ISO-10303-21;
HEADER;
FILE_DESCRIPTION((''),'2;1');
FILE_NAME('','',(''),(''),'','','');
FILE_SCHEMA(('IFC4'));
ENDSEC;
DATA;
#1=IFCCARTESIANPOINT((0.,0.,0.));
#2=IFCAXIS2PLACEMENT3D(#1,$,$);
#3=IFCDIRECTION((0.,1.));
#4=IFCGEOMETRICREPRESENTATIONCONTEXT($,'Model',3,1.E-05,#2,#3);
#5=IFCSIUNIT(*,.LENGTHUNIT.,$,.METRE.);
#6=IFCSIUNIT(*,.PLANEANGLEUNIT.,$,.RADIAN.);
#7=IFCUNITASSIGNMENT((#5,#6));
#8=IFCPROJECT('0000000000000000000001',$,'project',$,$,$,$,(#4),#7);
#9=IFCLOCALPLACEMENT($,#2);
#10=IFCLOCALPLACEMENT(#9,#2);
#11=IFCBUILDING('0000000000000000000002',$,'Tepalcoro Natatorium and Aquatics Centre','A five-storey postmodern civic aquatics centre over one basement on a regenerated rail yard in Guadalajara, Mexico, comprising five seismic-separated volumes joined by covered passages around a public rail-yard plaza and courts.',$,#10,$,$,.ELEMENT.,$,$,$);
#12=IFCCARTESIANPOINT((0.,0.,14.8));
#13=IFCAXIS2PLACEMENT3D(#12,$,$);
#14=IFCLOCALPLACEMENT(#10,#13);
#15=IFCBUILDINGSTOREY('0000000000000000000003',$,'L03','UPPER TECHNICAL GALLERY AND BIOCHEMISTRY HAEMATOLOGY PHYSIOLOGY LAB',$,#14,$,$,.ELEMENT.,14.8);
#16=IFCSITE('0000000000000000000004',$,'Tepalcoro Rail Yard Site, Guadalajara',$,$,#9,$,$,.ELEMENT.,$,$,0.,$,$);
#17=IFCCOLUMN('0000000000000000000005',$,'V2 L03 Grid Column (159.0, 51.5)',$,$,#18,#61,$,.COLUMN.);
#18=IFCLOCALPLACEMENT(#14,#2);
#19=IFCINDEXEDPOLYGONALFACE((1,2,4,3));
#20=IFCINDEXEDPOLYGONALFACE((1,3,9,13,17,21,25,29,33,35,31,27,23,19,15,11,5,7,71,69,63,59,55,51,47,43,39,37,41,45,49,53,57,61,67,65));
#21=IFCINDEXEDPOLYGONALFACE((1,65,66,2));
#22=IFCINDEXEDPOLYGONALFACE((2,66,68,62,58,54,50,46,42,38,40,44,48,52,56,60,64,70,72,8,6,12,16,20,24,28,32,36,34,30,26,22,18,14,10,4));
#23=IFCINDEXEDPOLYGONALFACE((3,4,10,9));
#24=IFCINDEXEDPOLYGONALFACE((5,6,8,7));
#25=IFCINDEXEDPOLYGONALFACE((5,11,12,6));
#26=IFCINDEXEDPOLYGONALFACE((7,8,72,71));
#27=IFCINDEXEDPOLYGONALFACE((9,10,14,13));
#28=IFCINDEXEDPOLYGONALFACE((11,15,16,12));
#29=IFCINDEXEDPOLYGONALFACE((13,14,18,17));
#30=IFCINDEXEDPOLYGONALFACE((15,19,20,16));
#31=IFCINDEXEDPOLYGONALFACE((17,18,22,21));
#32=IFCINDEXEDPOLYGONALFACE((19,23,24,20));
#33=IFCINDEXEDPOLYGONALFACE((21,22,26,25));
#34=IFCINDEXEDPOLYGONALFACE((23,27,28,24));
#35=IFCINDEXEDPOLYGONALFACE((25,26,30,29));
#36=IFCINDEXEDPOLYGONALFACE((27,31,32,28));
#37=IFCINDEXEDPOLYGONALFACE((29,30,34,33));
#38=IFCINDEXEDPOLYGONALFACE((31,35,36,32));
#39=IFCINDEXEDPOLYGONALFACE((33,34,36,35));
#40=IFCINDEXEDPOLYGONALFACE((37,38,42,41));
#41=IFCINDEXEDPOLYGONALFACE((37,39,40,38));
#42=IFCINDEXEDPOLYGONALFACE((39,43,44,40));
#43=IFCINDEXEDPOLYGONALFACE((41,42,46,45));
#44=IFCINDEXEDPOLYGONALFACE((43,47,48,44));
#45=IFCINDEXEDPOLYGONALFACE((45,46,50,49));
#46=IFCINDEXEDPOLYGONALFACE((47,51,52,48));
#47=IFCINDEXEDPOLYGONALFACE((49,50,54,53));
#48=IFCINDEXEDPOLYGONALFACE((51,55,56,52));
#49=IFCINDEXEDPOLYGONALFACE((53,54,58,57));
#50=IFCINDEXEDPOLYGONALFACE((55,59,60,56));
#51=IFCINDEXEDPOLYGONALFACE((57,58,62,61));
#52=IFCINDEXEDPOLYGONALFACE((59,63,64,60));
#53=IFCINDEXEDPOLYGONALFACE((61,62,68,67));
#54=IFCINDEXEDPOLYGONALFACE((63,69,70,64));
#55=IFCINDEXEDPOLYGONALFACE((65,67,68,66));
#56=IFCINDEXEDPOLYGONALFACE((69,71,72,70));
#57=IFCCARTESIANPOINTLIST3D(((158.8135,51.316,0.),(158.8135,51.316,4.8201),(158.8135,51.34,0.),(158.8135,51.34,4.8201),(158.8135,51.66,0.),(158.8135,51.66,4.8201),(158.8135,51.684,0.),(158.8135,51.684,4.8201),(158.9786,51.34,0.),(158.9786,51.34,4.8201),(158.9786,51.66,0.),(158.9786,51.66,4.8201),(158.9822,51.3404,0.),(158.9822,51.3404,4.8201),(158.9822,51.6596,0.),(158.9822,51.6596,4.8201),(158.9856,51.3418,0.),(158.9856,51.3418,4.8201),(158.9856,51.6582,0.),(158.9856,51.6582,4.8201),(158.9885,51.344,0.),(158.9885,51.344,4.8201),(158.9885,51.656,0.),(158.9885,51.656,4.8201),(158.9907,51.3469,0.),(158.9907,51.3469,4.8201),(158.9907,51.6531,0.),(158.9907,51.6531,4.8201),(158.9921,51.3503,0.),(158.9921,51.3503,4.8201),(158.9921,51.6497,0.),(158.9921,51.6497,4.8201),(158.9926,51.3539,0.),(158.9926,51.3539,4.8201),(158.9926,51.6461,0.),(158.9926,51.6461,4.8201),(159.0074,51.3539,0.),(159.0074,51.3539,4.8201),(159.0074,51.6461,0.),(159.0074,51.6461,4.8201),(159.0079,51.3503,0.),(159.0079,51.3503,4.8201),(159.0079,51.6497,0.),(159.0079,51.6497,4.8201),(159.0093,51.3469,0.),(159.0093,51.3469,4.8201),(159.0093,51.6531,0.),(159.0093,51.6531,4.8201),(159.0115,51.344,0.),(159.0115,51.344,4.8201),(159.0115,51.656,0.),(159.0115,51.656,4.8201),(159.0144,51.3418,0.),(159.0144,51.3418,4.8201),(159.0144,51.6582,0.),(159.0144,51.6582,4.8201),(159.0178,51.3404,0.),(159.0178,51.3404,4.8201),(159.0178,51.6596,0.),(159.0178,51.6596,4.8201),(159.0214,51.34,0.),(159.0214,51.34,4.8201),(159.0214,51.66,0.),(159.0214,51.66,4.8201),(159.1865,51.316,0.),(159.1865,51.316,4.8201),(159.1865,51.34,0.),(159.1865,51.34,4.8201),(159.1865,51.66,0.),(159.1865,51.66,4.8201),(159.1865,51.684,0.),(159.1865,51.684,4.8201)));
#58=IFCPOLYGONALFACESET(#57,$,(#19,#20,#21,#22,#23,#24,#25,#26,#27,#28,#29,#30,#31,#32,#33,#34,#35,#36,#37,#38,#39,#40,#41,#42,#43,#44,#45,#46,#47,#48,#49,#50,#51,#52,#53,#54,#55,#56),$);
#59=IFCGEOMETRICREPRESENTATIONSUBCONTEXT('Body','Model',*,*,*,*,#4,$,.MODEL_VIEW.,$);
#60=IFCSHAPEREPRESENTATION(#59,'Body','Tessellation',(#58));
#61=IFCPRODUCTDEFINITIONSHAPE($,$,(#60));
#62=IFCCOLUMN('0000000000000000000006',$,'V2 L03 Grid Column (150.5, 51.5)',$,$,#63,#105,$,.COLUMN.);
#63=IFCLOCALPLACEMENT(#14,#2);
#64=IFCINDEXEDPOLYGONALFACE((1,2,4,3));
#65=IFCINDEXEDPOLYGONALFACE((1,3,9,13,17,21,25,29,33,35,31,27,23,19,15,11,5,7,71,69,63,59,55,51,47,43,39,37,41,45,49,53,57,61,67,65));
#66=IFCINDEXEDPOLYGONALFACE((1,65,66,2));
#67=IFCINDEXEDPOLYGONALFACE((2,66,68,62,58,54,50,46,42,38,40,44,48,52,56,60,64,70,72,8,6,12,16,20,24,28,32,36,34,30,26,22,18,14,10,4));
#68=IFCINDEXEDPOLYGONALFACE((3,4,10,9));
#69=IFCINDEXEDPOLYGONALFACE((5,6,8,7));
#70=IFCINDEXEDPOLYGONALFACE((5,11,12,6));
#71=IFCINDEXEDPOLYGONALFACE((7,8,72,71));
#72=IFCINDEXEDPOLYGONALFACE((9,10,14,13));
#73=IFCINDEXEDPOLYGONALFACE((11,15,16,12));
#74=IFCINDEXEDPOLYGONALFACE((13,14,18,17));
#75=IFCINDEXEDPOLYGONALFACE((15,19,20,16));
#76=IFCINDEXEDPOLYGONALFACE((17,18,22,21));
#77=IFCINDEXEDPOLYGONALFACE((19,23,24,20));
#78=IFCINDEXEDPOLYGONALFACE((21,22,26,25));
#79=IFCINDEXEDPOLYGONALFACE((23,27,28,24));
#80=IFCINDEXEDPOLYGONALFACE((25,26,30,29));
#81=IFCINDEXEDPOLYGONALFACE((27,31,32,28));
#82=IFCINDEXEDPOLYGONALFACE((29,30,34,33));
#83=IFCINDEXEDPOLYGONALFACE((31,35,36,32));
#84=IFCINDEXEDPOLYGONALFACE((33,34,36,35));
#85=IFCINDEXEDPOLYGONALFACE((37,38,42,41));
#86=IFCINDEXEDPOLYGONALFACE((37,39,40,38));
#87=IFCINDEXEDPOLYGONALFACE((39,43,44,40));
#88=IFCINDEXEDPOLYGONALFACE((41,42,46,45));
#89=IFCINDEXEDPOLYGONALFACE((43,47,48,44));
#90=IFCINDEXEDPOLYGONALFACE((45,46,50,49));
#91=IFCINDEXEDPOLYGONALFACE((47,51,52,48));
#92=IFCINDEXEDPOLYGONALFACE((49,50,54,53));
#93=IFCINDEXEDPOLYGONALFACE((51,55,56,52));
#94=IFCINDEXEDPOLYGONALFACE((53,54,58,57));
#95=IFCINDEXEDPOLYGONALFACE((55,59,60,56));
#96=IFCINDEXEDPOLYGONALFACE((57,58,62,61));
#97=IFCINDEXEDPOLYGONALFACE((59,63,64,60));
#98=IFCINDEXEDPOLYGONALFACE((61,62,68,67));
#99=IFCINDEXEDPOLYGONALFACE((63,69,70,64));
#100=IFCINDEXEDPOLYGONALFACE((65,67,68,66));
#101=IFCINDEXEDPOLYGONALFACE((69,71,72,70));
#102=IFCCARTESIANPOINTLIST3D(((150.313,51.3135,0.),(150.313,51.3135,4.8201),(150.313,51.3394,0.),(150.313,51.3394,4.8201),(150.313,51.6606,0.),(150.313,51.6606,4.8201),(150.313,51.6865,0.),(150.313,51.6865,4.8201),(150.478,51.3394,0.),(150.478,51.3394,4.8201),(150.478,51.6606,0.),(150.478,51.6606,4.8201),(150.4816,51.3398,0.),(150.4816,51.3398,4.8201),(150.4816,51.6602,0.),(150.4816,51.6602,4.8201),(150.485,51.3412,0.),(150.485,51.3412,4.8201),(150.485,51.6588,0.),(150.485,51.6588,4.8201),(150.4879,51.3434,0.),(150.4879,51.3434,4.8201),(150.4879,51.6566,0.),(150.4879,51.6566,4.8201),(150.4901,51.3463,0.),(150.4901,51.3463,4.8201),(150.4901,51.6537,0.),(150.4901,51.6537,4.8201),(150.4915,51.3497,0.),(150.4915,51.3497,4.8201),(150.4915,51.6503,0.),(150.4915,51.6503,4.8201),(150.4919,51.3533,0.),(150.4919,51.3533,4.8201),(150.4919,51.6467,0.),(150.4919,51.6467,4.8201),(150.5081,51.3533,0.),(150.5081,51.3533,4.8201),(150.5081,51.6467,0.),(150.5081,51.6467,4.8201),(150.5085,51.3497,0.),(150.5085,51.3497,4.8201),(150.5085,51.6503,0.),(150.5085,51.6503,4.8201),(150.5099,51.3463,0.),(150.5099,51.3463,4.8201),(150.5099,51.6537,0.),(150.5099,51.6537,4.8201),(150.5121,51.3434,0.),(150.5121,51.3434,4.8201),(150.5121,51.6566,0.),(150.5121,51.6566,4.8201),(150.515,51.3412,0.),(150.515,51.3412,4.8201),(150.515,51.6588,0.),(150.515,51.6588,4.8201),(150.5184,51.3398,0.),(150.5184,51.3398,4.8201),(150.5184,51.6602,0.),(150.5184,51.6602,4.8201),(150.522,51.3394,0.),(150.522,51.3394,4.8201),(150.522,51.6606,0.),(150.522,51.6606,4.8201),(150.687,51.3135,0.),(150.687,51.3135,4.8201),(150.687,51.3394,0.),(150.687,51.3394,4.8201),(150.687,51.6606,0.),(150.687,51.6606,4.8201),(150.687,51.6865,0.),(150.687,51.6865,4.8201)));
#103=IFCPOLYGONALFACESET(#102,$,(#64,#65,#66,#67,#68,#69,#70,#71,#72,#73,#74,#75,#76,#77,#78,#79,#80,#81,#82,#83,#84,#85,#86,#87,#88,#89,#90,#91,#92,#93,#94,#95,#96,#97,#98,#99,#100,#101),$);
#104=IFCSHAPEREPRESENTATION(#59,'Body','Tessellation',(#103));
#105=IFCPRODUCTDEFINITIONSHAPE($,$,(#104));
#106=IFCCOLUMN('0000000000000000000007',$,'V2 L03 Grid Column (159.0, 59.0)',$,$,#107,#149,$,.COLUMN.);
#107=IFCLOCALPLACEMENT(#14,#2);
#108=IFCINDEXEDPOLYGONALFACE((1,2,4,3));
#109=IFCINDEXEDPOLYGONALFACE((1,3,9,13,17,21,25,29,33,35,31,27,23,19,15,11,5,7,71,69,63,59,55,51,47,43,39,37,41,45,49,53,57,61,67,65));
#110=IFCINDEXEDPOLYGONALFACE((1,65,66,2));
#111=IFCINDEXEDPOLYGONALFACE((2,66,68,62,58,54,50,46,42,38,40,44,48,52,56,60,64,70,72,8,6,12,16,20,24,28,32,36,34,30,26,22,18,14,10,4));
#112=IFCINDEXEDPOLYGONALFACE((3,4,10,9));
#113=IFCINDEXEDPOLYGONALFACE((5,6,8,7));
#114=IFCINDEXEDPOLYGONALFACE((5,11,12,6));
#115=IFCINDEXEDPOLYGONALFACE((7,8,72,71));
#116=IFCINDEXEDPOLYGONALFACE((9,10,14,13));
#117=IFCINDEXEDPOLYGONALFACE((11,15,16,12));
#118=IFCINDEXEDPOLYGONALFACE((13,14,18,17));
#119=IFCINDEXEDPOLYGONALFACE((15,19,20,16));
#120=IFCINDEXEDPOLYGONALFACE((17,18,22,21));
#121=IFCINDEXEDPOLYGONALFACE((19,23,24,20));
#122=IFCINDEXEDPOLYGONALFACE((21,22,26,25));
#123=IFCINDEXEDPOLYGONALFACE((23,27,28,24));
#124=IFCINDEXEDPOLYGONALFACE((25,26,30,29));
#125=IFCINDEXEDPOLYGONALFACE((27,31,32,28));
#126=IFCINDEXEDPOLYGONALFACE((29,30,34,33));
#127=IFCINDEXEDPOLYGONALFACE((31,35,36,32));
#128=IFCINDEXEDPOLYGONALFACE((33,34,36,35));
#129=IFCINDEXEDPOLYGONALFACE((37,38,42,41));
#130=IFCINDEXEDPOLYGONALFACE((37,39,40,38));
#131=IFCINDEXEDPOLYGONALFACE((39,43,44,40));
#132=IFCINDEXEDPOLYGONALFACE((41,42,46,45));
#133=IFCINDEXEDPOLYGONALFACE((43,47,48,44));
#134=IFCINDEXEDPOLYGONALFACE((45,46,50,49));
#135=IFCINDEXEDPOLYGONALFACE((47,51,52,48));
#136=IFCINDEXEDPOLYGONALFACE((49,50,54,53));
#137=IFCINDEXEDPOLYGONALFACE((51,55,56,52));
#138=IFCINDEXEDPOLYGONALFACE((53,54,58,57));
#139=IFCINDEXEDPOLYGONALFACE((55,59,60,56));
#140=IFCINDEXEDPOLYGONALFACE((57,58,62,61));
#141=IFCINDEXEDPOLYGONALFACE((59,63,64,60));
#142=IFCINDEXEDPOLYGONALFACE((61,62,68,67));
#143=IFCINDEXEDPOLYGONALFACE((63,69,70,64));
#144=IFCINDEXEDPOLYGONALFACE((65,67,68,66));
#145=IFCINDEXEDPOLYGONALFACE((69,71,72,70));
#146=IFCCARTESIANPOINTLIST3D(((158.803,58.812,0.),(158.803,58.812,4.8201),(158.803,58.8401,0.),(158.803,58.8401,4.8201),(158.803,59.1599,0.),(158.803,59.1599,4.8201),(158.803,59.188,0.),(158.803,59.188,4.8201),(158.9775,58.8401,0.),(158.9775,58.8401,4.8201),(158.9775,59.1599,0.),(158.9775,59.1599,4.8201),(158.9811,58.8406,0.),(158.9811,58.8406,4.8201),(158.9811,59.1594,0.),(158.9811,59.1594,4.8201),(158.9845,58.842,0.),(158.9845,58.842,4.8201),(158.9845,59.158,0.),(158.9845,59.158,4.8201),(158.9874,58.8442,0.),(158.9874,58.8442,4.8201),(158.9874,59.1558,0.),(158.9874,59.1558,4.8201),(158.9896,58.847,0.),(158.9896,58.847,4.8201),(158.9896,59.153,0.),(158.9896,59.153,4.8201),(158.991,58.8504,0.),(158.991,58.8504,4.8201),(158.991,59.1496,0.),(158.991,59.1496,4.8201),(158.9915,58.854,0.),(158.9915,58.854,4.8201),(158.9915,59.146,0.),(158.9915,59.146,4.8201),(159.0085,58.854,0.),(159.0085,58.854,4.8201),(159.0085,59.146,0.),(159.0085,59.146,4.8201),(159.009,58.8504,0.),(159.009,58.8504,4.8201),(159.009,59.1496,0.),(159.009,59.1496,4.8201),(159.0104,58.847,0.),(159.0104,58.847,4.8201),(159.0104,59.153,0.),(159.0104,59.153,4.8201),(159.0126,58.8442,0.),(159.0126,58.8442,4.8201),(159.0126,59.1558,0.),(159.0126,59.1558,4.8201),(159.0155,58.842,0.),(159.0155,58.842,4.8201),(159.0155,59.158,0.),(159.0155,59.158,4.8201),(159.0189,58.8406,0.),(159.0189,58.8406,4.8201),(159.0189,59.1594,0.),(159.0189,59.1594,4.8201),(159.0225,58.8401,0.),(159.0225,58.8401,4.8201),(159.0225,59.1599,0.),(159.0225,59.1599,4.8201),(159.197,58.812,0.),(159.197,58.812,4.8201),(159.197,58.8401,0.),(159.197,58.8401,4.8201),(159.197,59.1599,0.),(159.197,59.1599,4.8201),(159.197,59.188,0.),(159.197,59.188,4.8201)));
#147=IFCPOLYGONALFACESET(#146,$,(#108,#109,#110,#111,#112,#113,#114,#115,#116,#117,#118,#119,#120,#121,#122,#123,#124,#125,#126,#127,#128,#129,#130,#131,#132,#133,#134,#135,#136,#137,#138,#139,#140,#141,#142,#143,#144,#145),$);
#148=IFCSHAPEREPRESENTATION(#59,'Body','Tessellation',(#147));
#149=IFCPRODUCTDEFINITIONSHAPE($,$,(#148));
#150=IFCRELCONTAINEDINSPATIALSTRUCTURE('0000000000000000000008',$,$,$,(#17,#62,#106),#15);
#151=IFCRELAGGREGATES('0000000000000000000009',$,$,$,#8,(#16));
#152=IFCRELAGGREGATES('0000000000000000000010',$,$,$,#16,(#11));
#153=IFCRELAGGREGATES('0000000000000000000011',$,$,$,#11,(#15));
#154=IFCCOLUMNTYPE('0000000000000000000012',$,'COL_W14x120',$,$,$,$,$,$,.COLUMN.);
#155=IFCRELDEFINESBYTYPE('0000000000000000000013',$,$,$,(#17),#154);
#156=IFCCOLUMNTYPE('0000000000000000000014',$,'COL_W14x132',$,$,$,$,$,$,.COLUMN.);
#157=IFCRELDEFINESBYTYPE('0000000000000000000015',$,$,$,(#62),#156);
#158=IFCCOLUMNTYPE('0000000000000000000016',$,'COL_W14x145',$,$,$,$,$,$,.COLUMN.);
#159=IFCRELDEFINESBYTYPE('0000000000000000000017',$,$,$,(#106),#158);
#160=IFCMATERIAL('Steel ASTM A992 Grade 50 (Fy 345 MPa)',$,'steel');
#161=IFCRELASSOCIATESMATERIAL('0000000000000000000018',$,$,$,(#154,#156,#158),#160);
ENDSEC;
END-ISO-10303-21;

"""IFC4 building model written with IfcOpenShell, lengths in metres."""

from ifc_helpers import new_model, si_unit, direction, frame, origin, origin_2d, place, context, subcontext, project, spatial, i_section, extrude, material, material_profile, profile_set, type_object, element, save


model = new_model("IFC4")

# Units and contexts
model_context = context("Model", 3, precision=1e-05, world=origin(), true_north=direction((0.0, 1.0)))
body_context = subcontext(model_context, "Body", "Model", "MODEL_VIEW")
ifc_project = project(units=[si_unit("LENGTHUNIT", "METRE"), si_unit("PLANEANGLEUNIT", "RADIAN")], contexts=[model_context])

# Site, building, storey
site_placement = place(None, origin())
site = spatial("IfcSite", under=ifc_project, at=site_placement, Name="Tepalcoro Rail Yard Site, Guadalajara", CompositionType="ELEMENT", RefElevation=0.0)
building_placement = place(site_placement, origin())
building = spatial("IfcBuilding", under=site, at=building_placement, Name="Tepalcoro Natatorium and Aquatics Centre", Description="A five-storey postmodern civic aquatics centre over one basement on a regenerated rail yard in Guadalajara, Mexico, comprising five seismic-separated volumes joined by covered passages around a public rail-yard plaza and courts.", CompositionType="ELEMENT")
storey_placement = place(building_placement, frame((0.0, 0.0, 14.8)))
storey = spatial("IfcBuildingStorey", under=building, at=storey_placement, Name="L03", Description="UPPER TECHNICAL GALLERY AND BIOCHEMISTRY HAEMATOLOGY PHYSIOLOGY LAB", CompositionType="ELEMENT", Elevation=14.8)

# Columns
ifc_material_1 = material(Name="Steel ASTM A992 Grade 50 (Fy 345 MPa)", Category="steel")
ifc_material_profile_1 = material_profile(ifc_material_1, i_section(OverallWidth=0.373, OverallDepth=0.3679, WebThickness=0.0149, FlangeThickness=0.0239, FilletRadius=0.0139, at=origin_2d()), Name="W14X120")
ifc_profile_set_1 = profile_set([ifc_material_profile_1], Name="Steel ASTM A992 Grade 50 (Fy 345 MPa)")
column_type_1 = type_object("IfcColumnType", Name="COL_W14x120", PredefinedType="COLUMN", material=ifc_profile_set_1)
column_1_placement = place(storey_placement, frame((159.0, 51.5, 0.0), z_axis=(0.0, 0.0, 1.0), x_axis=(1.0, 0.0, 0.0)))
element("IfcColumn", 1, at=column_1_placement, inside=storey, type_object=column_type_1, Name="V2 L03 Grid Column (159.0, 51.5)", PredefinedType="COLUMN", context=body_context, shape_type="SweptSolid", body=[
    extrude(i_section(OverallWidth=0.373, OverallDepth=0.3679, WebThickness=0.0149, FlangeThickness=0.0239, FilletRadius=0.0139, at=origin_2d()), origin(), (0.0, 0.0, 1.0), 4.8201),
])
ifc_material_profile_2 = material_profile(ifc_material_1, i_section(OverallWidth=0.374, OverallDepth=0.373, WebThickness=0.0161, FlangeThickness=0.0259, FilletRadius=0.0139, at=origin_2d()), Name="W14X132")
ifc_profile_set_2 = profile_set([ifc_material_profile_2], Name="Steel ASTM A992 Grade 50 (Fy 345 MPa)")
column_type_2 = type_object("IfcColumnType", Name="COL_W14x132", PredefinedType="COLUMN", material=ifc_profile_set_2)
column_2_placement = place(storey_placement, frame((150.5, 51.5, 0.0), z_axis=(0.0, 0.0, 1.0), x_axis=(1.0, 0.0, 0.0)))
element("IfcColumn", 2, at=column_2_placement, inside=storey, type_object=column_type_2, Name="V2 L03 Grid Column (150.5, 51.5)", PredefinedType="COLUMN", context=body_context, shape_type="SweptSolid", body=[
    extrude(i_section(OverallWidth=0.374, OverallDepth=0.373, WebThickness=0.0161, FlangeThickness=0.0259, FilletRadius=0.0139, at=origin_2d()), origin(), (0.0, 0.0, 1.0), 4.8201),
])
ifc_material_profile_3 = material_profile(ifc_material_1, i_section(OverallWidth=0.394, OverallDepth=0.376, WebThickness=0.0171, FlangeThickness=0.0281, FilletRadius=0.0139, at=origin_2d()), Name="W14X145")
ifc_profile_set_3 = profile_set([ifc_material_profile_3], Name="Steel ASTM A992 Grade 50 (Fy 345 MPa)")
column_type_3 = type_object("IfcColumnType", Name="COL_W14x145", PredefinedType="COLUMN", material=ifc_profile_set_3)
column_3_placement = place(storey_placement, frame((159.0, 59.0, 0.0), z_axis=(0.0, 0.0, 1.0), x_axis=(1.0, 0.0, 0.0)))
element("IfcColumn", 3, at=column_3_placement, inside=storey, type_object=column_type_3, Name="V2 L03 Grid Column (159.0, 59.0)", PredefinedType="COLUMN", context=body_context, shape_type="SweptSolid", body=[
    extrude(i_section(OverallWidth=0.394, OverallDepth=0.376, WebThickness=0.0171, FlangeThickness=0.0281, FilletRadius=0.0139, at=origin_2d()), origin(), (0.0, 0.0, 1.0), 4.8201),
])

save(model, "model.ifc")
